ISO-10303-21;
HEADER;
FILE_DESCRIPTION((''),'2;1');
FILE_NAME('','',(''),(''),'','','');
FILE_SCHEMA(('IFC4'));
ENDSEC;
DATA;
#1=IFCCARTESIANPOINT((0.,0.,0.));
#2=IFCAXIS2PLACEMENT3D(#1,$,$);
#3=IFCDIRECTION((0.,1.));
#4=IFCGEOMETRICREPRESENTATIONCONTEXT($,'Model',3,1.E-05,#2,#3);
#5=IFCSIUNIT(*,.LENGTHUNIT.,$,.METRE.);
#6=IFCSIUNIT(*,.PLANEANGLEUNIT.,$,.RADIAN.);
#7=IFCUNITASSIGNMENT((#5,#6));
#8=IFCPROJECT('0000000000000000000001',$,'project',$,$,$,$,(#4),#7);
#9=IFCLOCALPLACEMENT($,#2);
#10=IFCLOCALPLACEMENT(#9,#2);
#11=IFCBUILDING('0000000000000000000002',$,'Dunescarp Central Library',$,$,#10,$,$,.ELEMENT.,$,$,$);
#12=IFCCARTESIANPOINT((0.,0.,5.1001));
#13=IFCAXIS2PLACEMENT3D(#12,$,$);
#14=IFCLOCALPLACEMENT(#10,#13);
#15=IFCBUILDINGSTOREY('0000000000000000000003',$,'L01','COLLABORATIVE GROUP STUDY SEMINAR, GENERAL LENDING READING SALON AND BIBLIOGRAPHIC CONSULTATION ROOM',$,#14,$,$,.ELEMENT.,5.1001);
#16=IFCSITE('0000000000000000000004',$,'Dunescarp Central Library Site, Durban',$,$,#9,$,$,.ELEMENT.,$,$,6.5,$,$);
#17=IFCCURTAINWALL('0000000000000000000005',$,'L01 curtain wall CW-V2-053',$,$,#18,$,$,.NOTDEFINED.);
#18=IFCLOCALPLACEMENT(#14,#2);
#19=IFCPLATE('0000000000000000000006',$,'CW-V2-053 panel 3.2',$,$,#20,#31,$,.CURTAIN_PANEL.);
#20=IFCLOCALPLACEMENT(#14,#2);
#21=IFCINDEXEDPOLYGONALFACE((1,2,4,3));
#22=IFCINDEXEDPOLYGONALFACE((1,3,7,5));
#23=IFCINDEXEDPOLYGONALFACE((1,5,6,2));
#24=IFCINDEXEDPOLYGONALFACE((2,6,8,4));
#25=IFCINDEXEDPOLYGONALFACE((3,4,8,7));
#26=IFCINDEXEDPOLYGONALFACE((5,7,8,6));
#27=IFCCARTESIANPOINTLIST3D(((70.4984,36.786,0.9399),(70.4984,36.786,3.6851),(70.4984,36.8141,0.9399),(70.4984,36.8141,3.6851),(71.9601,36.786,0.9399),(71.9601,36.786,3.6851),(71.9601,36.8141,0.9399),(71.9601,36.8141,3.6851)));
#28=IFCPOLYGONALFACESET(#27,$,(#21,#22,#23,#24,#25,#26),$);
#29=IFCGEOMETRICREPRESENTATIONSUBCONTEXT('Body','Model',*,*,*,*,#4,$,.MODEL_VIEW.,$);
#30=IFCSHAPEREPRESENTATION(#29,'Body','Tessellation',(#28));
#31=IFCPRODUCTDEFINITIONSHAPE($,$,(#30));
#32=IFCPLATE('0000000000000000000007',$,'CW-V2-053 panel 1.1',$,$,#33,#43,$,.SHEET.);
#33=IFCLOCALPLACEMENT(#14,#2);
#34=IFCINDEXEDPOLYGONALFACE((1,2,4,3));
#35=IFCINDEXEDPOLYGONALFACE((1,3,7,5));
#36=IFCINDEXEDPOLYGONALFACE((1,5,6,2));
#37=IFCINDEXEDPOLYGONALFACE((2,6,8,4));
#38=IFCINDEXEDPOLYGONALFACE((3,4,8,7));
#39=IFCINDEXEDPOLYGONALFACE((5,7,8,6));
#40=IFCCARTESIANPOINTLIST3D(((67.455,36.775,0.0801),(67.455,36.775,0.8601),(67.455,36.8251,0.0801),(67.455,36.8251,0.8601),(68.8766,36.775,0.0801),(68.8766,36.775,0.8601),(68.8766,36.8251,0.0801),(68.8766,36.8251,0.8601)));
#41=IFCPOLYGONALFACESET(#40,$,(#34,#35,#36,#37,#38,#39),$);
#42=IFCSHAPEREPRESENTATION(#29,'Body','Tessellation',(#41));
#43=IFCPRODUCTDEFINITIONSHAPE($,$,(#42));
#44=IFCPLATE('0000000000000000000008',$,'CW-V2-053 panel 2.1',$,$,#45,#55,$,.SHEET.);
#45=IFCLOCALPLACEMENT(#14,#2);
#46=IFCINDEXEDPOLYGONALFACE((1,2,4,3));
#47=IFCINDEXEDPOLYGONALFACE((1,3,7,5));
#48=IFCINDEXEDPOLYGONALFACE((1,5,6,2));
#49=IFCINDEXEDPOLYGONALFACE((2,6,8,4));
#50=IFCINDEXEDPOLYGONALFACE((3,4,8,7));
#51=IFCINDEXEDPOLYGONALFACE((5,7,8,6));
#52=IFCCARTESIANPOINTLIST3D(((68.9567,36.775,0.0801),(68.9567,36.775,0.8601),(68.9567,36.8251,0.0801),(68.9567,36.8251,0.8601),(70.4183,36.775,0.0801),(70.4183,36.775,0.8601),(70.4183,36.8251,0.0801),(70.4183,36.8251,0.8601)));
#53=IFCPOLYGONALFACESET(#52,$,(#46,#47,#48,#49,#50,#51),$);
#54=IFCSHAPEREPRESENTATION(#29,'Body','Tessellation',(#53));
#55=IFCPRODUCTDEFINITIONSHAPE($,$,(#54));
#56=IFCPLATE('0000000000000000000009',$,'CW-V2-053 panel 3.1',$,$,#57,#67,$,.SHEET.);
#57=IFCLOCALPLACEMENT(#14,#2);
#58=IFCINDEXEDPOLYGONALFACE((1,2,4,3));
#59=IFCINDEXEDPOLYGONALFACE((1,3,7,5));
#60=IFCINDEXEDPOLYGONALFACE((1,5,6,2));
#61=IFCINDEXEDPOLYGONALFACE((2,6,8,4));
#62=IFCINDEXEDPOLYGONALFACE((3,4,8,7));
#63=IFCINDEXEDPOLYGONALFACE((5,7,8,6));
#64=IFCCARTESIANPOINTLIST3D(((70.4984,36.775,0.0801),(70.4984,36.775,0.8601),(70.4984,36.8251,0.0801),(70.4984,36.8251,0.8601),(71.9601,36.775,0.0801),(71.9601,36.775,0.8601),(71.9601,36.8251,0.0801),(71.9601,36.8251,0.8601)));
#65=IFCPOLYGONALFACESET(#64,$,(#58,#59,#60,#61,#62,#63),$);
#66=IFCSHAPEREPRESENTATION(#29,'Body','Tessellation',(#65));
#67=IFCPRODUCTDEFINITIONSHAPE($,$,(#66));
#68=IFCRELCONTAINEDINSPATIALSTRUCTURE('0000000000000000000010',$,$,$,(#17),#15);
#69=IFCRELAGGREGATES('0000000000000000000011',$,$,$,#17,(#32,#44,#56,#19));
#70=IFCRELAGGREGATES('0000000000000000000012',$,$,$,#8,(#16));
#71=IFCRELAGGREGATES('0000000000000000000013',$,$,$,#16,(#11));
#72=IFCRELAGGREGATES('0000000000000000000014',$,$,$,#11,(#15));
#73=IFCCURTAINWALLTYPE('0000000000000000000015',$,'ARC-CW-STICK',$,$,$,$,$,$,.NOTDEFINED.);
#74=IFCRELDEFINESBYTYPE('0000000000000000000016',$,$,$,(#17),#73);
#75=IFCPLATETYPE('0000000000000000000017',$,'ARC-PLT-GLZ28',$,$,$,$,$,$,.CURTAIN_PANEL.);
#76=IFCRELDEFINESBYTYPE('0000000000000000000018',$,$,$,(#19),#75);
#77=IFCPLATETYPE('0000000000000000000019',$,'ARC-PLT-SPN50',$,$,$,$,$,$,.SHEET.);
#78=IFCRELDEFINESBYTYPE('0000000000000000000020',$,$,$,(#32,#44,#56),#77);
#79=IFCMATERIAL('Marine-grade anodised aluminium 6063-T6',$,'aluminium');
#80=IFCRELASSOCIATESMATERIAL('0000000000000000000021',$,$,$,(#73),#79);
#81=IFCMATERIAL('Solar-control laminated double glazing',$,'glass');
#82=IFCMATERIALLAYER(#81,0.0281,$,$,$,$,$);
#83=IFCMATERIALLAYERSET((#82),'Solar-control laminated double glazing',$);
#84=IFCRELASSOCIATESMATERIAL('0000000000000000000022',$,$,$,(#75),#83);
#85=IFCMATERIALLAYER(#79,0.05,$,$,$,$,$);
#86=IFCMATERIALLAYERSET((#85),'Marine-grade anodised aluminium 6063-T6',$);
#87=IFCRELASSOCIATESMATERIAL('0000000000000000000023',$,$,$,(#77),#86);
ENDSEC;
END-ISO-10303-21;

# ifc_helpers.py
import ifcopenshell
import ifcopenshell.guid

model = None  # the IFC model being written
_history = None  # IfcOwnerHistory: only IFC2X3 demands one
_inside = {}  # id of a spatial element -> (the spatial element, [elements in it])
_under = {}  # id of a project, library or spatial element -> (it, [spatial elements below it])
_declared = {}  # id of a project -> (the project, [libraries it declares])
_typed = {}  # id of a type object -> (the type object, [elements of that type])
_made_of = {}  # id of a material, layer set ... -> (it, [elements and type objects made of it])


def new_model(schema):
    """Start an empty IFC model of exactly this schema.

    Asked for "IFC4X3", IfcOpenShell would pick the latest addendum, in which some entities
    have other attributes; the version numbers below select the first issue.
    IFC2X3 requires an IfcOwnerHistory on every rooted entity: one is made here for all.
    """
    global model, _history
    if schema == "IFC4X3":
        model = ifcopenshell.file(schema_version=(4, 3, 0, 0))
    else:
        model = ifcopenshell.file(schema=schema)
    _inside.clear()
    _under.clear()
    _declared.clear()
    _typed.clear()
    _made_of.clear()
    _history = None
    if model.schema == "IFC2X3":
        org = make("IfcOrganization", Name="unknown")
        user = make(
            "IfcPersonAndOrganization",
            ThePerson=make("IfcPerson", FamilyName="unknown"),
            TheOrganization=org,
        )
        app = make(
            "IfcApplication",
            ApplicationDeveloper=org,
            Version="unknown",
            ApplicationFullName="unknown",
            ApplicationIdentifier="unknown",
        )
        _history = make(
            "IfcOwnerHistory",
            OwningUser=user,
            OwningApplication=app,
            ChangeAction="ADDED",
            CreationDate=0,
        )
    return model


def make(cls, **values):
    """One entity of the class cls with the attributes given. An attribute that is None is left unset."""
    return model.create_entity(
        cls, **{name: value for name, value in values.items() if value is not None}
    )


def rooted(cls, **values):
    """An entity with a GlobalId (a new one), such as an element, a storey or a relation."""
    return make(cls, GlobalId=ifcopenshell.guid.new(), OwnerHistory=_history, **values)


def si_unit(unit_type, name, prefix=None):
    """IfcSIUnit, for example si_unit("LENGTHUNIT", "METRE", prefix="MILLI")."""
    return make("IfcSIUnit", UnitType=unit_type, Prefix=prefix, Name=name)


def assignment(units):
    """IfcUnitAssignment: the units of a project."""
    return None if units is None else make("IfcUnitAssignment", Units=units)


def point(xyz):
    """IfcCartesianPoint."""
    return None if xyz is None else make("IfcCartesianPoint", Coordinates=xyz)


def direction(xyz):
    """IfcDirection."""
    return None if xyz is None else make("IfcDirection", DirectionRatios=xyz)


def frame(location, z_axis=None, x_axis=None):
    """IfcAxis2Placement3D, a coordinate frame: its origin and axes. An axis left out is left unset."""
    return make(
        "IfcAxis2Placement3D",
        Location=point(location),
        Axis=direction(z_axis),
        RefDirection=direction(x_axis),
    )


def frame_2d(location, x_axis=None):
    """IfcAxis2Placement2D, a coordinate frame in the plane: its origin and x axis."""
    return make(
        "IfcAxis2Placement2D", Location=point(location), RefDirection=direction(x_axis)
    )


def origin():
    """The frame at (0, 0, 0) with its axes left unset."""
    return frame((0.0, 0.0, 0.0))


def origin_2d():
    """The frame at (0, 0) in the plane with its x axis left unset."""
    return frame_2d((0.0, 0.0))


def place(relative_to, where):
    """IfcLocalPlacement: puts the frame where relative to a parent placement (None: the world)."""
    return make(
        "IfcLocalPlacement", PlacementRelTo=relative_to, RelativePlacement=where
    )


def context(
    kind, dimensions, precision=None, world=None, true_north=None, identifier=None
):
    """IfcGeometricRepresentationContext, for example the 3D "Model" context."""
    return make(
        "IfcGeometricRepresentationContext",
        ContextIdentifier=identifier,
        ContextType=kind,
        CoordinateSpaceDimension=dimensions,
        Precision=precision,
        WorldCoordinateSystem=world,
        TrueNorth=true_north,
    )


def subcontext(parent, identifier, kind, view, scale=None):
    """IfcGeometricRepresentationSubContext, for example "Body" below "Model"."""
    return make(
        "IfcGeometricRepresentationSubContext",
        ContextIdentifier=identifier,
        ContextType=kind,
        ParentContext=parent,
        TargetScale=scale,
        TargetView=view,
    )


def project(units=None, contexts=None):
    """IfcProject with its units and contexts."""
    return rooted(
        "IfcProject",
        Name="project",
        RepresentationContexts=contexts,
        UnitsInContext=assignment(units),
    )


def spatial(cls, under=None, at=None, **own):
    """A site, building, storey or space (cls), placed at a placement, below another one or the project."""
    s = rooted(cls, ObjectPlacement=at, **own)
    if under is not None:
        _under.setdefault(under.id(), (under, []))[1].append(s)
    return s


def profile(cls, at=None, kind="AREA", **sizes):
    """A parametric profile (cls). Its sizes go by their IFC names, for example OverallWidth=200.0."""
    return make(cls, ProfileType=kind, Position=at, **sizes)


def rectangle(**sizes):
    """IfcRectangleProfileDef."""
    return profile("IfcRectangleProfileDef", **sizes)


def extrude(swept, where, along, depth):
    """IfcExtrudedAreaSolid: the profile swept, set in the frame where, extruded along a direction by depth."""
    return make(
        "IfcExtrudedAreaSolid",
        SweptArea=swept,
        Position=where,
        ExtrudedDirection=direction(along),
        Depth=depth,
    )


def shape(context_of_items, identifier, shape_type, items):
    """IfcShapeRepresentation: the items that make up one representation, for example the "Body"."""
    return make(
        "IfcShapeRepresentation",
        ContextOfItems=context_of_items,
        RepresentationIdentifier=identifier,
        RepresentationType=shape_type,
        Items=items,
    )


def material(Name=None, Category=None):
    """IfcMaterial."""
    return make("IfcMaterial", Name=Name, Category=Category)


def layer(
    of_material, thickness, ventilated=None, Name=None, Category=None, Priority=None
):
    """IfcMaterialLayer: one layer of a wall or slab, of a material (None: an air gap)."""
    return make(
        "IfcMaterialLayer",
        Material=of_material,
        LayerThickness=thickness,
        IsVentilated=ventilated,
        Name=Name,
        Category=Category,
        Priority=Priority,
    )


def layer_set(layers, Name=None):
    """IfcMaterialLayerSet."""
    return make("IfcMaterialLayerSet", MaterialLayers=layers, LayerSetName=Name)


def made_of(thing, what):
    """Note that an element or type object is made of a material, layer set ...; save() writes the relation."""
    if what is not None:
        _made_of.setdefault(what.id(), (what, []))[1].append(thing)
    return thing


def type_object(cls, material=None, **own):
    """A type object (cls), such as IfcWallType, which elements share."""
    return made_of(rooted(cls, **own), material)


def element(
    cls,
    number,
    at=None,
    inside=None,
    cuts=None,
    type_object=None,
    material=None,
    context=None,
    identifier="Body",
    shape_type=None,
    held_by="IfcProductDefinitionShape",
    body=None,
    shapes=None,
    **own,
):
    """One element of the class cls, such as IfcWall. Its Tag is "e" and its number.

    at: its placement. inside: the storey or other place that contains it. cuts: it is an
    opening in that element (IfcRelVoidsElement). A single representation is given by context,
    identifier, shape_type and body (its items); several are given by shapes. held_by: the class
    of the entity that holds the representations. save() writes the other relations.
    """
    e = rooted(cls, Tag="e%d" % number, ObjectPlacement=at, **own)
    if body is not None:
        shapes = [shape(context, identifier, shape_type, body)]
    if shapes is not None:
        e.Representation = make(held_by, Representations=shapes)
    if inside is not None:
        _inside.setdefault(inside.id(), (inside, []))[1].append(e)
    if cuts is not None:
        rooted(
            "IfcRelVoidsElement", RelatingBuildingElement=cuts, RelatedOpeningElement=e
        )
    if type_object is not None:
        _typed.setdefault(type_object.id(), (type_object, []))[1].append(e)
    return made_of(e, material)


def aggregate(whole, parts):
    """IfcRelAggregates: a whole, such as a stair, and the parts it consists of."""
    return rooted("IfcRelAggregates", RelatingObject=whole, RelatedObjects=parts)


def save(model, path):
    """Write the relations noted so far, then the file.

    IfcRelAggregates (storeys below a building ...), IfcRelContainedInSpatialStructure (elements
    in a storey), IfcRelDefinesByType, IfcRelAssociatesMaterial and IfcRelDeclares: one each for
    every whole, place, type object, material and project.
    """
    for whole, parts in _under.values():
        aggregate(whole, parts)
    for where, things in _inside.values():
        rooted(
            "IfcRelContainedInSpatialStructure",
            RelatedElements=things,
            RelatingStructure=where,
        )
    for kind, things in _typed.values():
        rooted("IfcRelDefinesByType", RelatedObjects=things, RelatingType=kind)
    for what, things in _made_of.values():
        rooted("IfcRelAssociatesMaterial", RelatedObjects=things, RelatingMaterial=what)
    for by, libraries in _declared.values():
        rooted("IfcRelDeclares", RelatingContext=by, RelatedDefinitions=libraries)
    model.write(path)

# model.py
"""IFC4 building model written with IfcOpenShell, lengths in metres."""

from ifc_helpers import new_model, si_unit, direction, frame, origin, origin_2d, place, context, subcontext, project, spatial, rectangle, extrude, material, layer, layer_set, type_object, element, aggregate, save


model = new_model("IFC4")

# Units and contexts
model_context = context("Model", 3, precision=1e-05, world=origin(), true_north=direction((0.0, 1.0)))
body_context = subcontext(model_context, "Body", "Model", "MODEL_VIEW")
ifc_project = project(units=[si_unit("LENGTHUNIT", "METRE"), si_unit("PLANEANGLEUNIT", "RADIAN")], contexts=[model_context])

# Site, building, storey
site_placement = place(None, origin())
site = spatial("IfcSite", under=ifc_project, at=site_placement, Name="Dunescarp Central Library Site, Durban", CompositionType="ELEMENT", RefElevation=6.5)
building_placement = place(site_placement, origin())
building = spatial("IfcBuilding", under=site, at=building_placement, Name="Dunescarp Central Library", CompositionType="ELEMENT")
storey_placement = place(building_placement, frame((0.0, 0.0, 5.1001)))
storey = spatial("IfcBuildingStorey", under=building, at=storey_placement, Name="L01", Description="COLLABORATIVE GROUP STUDY SEMINAR, GENERAL LENDING READING SALON AND BIBLIOGRAPHIC CONSULTATION ROOM", CompositionType="ELEMENT", Elevation=5.1001)

# Curtain wall
ifc_material_1 = material(Name="Marine-grade anodised aluminium 6063-T6", Category="aluminium")
curtain_wall_type = type_object("IfcCurtainWallType", Name="ARC-CW-STICK", PredefinedType="NOTDEFINED", material=ifc_material_1)
curtain_wall_placement = place(storey_placement, origin())
curtain_wall = element("IfcCurtainWall", 1, at=curtain_wall_placement, inside=storey, type_object=curtain_wall_type, Name="L01 curtain wall CW-V2-053", PredefinedType="NOTDEFINED")

# Plates
ifc_material_2 = material(Name="Solar-control laminated double glazing", Category="glass")
ifc_layer_1 = layer(ifc_material_2, 0.0281)
ifc_layer_set_1 = layer_set([ifc_layer_1], Name="Solar-control laminated double glazing")
plate_type_1 = type_object("IfcPlateType", Name="ARC-PLT-GLZ28", PredefinedType="CURTAIN_PANEL", material=ifc_layer_set_1)
plate_1_placement = place(storey_placement, frame((71.2292, 36.8, 0.9399), z_axis=(0.0, 0.0, 1.0), x_axis=(1.0, 0.0, 0.0)))
plate_1 = element("IfcPlate", 2, at=plate_1_placement, type_object=plate_type_1, Name="CW-V2-053 panel 3.2", PredefinedType="CURTAIN_PANEL", context=body_context, shape_type="SweptSolid", body=[
    extrude(rectangle(XDim=1.4617, YDim=0.0281, at=origin_2d()), origin(), (0.0, 0.0, 1.0), 2.7451),
])
ifc_layer_2 = layer(ifc_material_1, 0.05)
ifc_layer_set_2 = layer_set([ifc_layer_2], Name="Marine-grade anodised aluminium 6063-T6")
plate_type_2 = type_object("IfcPlateType", Name="ARC-PLT-SPN50", PredefinedType="SHEET", material=ifc_layer_set_2)
plate_2_placement = place(storey_placement, frame((68.1658, 36.8, 0.0801), z_axis=(0.0, 0.0, 1.0), x_axis=(1.0, 0.0, 0.0)))
plate_2 = element("IfcPlate", 3, at=plate_2_placement, type_object=plate_type_2, Name="CW-V2-053 panel 1.1", PredefinedType="SHEET", context=body_context, shape_type="SweptSolid", body=[
    extrude(rectangle(XDim=1.4216, YDim=0.05, at=origin_2d()), origin(), (0.0, 0.0, 1.0), 0.78),
])
plate_3_placement = place(storey_placement, frame((69.6875, 36.8, 0.0801), z_axis=(0.0, 0.0, 1.0), x_axis=(1.0, 0.0, 0.0)))
plate_3 = element("IfcPlate", 4, at=plate_3_placement, type_object=plate_type_2, Name="CW-V2-053 panel 2.1", PredefinedType="SHEET", context=body_context, shape_type="SweptSolid", body=[
    extrude(rectangle(XDim=1.4617, YDim=0.05, at=origin_2d()), origin(), (0.0, 0.0, 1.0), 0.78),
])
plate_4_placement = place(storey_placement, frame((71.2292, 36.8, 0.0801), z_axis=(0.0, 0.0, 1.0), x_axis=(1.0, 0.0, 0.0)))
plate_4 = element("IfcPlate", 5, at=plate_4_placement, type_object=plate_type_2, Name="CW-V2-053 panel 3.1", PredefinedType="SHEET", context=body_context, shape_type="SweptSolid", body=[
    extrude(rectangle(XDim=1.4617, YDim=0.05, at=origin_2d()), origin(), (0.0, 0.0, 1.0), 0.78),
])
aggregate(curtain_wall, [plate_2, plate_3, plate_4, plate_1])

save(model, "model.ifc")
